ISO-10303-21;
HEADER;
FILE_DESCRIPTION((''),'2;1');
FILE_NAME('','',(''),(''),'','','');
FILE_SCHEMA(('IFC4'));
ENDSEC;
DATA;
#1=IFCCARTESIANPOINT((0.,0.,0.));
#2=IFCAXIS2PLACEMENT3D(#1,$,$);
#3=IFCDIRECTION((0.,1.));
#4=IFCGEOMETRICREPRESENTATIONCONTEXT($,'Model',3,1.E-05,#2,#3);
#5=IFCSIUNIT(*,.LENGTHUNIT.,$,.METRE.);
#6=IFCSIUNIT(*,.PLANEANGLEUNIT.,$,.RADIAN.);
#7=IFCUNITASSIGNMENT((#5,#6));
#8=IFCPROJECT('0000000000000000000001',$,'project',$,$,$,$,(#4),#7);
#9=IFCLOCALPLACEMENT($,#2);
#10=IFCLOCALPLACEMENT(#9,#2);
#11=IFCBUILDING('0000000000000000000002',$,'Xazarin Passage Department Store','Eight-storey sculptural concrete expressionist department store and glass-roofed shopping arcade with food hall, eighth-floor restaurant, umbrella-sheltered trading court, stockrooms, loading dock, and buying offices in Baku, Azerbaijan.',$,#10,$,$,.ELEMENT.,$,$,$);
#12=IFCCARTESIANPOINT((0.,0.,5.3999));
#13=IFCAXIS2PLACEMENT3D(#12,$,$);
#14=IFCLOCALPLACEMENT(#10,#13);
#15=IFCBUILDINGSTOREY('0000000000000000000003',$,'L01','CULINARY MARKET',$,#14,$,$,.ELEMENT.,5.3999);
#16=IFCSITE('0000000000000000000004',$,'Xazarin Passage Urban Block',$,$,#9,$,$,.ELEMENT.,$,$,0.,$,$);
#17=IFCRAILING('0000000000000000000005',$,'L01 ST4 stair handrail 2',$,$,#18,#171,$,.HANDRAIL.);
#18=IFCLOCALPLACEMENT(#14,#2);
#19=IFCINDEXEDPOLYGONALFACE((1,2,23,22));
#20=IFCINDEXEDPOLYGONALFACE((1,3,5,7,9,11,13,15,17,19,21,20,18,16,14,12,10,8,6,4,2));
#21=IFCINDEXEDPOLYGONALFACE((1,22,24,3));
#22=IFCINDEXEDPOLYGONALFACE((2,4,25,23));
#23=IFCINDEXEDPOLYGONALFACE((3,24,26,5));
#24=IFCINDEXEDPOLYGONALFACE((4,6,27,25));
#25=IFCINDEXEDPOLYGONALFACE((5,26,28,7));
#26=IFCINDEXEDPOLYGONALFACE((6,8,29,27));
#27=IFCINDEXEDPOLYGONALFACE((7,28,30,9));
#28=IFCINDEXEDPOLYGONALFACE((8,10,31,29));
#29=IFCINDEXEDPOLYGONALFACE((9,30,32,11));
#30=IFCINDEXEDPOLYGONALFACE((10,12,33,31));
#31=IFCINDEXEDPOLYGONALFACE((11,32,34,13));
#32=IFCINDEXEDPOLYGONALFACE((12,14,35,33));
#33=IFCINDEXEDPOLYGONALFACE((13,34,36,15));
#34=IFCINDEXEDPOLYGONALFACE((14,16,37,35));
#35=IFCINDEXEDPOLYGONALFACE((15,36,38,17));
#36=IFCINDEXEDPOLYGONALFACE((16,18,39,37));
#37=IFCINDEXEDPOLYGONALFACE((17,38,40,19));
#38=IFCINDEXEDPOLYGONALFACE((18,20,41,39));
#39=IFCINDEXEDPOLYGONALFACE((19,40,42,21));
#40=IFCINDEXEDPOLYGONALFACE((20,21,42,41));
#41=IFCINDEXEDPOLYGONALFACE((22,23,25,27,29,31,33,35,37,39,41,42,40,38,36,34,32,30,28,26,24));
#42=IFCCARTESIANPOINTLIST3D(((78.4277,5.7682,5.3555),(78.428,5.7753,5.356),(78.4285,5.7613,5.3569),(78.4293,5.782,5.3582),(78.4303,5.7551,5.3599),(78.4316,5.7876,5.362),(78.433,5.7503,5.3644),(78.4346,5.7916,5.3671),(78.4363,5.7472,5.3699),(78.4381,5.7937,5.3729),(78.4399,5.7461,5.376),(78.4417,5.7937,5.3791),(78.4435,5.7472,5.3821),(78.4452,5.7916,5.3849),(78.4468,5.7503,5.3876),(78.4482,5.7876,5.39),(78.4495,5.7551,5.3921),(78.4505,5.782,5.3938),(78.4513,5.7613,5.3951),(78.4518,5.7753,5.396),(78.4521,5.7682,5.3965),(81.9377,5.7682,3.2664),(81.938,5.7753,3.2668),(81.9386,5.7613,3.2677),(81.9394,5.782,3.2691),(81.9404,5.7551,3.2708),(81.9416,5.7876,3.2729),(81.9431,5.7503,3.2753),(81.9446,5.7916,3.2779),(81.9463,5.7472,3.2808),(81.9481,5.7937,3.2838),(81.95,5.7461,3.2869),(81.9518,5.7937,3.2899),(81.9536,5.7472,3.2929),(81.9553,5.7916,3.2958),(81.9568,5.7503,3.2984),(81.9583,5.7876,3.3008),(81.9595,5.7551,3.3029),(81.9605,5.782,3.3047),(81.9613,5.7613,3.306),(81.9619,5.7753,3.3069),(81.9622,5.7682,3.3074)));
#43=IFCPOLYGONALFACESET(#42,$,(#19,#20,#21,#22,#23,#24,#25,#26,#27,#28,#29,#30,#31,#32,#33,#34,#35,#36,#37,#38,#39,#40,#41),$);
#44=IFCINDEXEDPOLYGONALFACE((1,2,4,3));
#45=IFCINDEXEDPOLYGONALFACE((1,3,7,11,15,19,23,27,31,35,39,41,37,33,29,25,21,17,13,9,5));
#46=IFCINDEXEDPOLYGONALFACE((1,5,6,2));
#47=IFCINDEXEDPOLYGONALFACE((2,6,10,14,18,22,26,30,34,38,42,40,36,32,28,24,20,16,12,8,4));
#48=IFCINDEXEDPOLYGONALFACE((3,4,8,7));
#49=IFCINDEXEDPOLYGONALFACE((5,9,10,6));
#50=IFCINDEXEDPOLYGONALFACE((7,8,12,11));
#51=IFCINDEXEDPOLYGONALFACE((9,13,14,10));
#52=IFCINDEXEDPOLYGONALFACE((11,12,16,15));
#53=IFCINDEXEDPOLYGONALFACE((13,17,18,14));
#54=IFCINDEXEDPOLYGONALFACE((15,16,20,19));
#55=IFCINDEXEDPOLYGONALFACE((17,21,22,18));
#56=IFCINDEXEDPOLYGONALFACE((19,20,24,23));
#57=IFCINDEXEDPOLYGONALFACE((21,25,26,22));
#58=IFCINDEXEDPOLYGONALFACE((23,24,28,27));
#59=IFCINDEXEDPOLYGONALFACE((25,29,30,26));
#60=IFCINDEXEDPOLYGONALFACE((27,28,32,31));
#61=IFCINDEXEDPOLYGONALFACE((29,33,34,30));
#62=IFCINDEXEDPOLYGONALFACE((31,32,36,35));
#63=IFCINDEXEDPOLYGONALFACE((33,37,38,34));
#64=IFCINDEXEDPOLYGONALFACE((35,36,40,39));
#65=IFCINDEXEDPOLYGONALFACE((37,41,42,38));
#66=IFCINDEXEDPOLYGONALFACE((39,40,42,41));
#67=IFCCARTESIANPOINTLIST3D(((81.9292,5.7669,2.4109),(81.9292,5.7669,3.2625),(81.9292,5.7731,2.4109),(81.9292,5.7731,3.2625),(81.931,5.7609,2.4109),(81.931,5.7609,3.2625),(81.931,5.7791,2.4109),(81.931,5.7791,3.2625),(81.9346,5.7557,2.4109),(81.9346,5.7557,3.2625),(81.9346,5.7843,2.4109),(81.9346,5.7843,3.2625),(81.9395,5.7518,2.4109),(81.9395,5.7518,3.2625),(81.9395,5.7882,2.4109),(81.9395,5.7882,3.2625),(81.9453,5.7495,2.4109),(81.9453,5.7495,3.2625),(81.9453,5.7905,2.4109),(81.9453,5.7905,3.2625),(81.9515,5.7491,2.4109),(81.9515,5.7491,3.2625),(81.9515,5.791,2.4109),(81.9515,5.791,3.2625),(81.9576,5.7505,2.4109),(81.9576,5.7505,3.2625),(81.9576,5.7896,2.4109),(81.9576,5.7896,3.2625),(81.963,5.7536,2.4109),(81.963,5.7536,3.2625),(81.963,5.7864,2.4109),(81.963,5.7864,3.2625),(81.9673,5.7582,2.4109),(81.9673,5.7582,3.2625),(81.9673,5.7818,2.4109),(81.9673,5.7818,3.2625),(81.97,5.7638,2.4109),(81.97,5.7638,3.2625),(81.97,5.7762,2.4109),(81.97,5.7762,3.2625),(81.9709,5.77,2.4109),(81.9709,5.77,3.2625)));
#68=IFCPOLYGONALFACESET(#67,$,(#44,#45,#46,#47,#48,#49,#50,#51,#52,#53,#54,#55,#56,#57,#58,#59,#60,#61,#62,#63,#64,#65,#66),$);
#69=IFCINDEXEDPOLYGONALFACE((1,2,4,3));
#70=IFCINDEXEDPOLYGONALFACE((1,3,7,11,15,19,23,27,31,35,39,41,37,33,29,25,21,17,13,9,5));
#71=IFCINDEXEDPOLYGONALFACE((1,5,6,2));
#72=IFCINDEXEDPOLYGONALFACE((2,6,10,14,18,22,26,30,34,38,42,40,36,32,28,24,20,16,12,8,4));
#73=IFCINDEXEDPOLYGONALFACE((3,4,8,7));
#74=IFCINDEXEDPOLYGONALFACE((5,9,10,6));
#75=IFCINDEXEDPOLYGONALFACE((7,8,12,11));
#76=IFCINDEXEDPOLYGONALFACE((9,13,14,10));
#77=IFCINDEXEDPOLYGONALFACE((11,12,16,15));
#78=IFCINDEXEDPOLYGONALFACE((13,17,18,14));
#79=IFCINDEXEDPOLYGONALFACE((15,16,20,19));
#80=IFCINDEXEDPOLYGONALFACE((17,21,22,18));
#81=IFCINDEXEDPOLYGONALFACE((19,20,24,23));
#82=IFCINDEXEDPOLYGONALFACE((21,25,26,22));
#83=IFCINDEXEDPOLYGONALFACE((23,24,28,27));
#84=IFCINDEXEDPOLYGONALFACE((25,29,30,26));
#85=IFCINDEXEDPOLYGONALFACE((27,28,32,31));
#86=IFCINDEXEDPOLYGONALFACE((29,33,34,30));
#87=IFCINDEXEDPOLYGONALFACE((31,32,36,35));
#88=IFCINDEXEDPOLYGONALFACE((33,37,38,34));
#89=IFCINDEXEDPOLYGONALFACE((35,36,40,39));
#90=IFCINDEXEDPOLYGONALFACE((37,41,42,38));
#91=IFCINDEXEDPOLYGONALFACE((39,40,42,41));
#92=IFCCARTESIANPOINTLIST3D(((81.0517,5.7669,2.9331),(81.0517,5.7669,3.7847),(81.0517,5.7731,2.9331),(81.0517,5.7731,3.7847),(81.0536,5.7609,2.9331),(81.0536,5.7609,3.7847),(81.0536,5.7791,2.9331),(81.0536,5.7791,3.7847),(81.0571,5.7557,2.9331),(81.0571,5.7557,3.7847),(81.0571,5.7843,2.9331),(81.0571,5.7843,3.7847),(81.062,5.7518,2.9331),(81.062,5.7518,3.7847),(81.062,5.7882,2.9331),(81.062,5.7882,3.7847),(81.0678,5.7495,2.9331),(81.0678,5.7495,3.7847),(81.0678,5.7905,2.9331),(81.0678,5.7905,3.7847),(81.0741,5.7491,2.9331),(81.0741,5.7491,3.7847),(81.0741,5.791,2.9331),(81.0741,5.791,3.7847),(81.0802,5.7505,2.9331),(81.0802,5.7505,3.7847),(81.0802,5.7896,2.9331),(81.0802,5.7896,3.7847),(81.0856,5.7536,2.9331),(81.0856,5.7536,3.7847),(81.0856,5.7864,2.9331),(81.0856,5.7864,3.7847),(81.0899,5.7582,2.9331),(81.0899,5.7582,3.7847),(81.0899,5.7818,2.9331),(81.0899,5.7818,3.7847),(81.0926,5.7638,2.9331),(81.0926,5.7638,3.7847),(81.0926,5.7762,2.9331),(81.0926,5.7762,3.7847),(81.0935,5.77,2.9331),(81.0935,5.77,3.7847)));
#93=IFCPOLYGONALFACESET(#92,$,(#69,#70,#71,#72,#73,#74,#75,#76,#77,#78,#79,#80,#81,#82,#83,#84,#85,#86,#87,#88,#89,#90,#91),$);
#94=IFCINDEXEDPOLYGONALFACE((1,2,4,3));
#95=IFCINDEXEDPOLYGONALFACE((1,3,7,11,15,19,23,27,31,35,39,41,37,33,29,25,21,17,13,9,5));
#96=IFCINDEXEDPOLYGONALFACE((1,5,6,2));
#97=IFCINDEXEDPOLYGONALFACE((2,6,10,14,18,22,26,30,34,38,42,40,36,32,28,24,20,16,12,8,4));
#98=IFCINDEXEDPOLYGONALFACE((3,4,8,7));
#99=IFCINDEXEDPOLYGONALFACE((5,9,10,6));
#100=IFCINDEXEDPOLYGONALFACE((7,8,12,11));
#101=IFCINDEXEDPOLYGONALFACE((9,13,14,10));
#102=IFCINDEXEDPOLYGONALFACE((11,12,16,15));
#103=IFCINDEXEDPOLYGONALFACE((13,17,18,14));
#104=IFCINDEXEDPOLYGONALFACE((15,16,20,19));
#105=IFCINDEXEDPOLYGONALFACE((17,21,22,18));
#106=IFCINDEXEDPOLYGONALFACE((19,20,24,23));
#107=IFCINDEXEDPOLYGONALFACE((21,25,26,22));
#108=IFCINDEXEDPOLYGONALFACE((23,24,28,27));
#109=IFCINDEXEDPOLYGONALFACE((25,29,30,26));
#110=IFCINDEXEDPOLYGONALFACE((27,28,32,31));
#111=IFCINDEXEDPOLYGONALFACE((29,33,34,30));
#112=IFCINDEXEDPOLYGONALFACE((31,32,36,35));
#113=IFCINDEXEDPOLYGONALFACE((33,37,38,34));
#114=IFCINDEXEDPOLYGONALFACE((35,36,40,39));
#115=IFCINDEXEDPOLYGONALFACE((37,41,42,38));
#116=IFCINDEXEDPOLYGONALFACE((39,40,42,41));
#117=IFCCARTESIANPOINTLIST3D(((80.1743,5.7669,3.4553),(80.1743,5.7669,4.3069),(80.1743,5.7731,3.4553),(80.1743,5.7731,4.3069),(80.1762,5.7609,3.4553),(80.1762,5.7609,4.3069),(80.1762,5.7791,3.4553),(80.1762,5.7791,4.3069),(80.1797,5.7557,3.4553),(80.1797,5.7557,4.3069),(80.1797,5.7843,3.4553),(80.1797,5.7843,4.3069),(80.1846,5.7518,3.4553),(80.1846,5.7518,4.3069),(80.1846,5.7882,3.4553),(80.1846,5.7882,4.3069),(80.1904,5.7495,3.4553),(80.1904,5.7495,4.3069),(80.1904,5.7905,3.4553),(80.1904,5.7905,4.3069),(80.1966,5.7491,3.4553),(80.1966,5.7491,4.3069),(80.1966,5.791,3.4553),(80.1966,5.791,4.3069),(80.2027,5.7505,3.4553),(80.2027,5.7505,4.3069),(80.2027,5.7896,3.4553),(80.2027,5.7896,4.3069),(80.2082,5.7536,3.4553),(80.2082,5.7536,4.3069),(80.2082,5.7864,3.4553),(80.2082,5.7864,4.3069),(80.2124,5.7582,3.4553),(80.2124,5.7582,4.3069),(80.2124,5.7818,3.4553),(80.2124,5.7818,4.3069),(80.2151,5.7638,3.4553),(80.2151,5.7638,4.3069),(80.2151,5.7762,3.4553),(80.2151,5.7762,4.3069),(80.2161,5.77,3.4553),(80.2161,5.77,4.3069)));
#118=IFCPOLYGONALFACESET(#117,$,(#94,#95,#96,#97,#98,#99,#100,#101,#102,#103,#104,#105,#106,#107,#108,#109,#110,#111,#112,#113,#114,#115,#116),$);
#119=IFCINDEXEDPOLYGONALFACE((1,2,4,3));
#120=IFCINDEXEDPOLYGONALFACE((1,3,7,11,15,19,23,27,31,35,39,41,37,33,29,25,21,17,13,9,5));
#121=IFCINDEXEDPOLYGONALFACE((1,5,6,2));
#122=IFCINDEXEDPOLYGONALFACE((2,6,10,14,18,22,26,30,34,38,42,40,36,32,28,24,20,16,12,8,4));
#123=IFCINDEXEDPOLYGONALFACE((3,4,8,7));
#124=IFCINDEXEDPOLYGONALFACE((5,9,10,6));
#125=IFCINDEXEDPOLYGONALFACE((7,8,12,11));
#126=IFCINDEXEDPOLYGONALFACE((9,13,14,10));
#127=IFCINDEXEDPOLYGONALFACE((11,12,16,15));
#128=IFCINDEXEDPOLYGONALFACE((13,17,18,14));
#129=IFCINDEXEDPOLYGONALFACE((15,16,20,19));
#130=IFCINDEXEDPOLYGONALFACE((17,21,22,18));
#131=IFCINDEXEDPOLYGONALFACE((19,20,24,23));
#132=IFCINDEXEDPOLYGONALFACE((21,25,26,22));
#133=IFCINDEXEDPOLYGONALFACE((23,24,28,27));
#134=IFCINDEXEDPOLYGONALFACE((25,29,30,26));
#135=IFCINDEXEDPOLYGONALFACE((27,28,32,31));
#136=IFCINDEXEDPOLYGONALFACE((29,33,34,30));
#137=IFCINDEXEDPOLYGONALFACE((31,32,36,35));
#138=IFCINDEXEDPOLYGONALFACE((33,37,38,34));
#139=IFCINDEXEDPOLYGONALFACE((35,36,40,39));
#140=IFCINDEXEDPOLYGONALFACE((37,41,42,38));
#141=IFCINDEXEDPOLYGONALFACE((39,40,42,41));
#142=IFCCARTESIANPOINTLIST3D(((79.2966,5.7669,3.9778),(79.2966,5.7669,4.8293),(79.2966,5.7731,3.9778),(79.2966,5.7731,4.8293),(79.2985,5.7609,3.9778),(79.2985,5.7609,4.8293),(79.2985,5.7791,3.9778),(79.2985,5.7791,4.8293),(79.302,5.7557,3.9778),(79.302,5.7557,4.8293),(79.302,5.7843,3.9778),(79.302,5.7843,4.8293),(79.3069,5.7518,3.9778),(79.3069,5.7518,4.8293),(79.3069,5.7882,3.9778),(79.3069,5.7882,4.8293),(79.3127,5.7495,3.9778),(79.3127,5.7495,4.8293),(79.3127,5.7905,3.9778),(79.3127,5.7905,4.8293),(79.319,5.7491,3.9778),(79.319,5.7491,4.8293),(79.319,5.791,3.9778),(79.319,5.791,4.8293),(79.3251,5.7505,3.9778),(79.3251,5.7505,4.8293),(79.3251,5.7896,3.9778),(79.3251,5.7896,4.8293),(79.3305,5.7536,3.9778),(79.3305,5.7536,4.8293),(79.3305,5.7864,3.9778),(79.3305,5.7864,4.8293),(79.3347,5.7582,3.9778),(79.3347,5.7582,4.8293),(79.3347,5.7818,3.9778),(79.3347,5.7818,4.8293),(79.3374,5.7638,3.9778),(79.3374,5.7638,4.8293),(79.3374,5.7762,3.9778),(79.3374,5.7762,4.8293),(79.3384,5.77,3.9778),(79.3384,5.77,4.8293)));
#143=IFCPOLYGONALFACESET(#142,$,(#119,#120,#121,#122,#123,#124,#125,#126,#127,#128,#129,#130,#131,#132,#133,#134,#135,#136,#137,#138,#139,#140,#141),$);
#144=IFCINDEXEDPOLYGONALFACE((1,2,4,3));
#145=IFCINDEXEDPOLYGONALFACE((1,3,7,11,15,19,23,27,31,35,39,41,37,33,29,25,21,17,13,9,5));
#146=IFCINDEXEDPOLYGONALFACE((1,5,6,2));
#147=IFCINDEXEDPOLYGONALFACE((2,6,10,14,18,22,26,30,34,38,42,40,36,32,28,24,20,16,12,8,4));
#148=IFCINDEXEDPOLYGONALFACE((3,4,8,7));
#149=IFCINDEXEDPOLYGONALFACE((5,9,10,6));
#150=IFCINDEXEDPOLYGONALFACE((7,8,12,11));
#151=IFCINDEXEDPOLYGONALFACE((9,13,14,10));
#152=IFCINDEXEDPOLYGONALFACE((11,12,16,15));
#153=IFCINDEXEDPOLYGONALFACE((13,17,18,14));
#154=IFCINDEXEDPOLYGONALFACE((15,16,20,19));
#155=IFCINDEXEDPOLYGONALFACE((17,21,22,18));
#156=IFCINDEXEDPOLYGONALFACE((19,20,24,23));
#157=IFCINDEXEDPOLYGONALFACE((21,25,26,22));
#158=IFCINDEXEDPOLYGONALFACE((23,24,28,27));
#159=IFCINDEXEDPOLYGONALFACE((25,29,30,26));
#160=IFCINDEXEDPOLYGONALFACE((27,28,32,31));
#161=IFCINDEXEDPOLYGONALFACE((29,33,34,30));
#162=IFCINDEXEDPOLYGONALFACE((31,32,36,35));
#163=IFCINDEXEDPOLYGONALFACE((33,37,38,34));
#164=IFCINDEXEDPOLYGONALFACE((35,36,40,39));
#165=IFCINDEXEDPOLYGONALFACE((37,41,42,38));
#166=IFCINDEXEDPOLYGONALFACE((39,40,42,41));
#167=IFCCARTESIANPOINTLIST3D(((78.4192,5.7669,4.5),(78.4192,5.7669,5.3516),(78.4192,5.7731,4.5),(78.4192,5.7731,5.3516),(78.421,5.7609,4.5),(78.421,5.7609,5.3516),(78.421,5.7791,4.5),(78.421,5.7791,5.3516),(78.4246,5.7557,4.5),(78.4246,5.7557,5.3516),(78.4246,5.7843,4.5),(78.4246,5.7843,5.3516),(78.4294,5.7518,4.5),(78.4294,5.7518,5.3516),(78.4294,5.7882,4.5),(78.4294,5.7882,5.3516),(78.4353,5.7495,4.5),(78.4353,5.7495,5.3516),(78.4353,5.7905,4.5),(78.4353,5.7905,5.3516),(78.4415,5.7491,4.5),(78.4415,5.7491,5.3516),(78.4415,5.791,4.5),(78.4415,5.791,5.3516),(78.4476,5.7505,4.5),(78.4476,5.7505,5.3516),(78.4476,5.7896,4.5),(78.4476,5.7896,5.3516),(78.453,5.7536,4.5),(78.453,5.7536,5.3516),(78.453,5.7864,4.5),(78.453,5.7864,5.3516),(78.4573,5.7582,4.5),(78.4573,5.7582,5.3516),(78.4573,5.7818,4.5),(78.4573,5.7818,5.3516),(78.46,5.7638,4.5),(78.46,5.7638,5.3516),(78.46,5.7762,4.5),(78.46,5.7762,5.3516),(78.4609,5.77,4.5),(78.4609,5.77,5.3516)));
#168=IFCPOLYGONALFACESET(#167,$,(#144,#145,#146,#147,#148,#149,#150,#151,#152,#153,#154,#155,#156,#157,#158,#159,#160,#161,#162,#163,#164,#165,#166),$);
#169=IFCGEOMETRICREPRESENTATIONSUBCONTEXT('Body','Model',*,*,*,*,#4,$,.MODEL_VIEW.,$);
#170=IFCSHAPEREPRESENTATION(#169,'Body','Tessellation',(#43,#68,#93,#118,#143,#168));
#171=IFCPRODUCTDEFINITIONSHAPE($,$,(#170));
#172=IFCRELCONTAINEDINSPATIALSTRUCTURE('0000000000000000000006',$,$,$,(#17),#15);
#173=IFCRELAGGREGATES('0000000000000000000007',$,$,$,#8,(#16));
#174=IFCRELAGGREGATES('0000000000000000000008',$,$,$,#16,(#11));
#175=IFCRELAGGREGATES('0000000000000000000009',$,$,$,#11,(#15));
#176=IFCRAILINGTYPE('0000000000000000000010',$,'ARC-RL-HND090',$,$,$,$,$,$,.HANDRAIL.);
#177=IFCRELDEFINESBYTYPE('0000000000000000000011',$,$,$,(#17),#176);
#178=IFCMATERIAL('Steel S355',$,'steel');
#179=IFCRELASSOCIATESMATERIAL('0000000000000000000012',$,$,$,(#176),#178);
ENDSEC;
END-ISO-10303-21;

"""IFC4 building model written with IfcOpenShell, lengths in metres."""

from ifc_helpers import new_model, si_unit, direction, frame, origin, origin_2d, place, context, subcontext, project, spatial, circle, extrude, material, type_object, element, save


model = new_model("IFC4")

# Units and contexts
model_context = context("Model", 3, precision=1e-05, world=origin(), true_north=direction((0.0, 1.0)))
body_context = subcontext(model_context, "Body", "Model", "MODEL_VIEW")
ifc_project = project(units=[si_unit("LENGTHUNIT", "METRE"), si_unit("PLANEANGLEUNIT", "RADIAN")], contexts=[model_context])

# Site, building, storey
site_placement = place(None, origin())
site = spatial("IfcSite", under=ifc_project, at=site_placement, Name="Xazarin Passage Urban Block", CompositionType="ELEMENT", RefElevation=0.0)
building_placement = place(site_placement, origin())
building = spatial("IfcBuilding", under=site, at=building_placement, Name="Xazarin Passage Department Store", Description="Eight-storey sculptural concrete expressionist department store and glass-roofed shopping arcade with food hall, eighth-floor restaurant, umbrella-sheltered trading court, stockrooms, loading dock, and buying offices in Baku, Azerbaijan.", CompositionType="ELEMENT")
storey_placement = place(building_placement, frame((0.0, 0.0, 5.3999)))
storey = spatial("IfcBuildingStorey", under=building, at=storey_placement, Name="L01", Description="CULINARY MARKET", CompositionType="ELEMENT", Elevation=5.3999)

# Railing
ifc_material_1 = material(Name="Steel S355", Category="steel")
railing_type_1 = type_object("IfcRailingType", Name="ARC-RL-HND090", PredefinedType="HANDRAIL", material=ifc_material_1)
railing_1_placement = place(storey_placement, frame((81.95, 5.77, 2.4109)))
element("IfcRailing", 1, at=railing_1_placement, inside=storey, type_object=railing_type_1, Name="L01 ST4 stair handrail 2", PredefinedType="HANDRAIL", context=body_context, shape_type="SweptSolid", body=[
    extrude(circle(Radius=0.0239, at=origin_2d()), frame((0.0, 0.0, 0.876), z_axis=(-0.859312, 0.0, 0.511451), x_axis=(0.0, -1.0, 0.0)), (0.0, 0.0, 1.0), 4.0847),
    extrude(circle(Radius=0.021, at=origin_2d()), origin(), (0.0, 0.0, 1.0), 0.8516),
    extrude(circle(Radius=0.021, at=origin_2d()), frame((-0.8774, 0.0, 0.5222)), (0.0, 0.0, 1.0), 0.8516),
    extrude(circle(Radius=0.021, at=origin_2d()), frame((-1.7549, 0.0, 1.0444)), (0.0, 0.0, 1.0), 0.8516),
    extrude(circle(Radius=0.021, at=origin_2d()), frame((-2.6326, 0.0, 1.5669)), (0.0, 0.0, 1.0), 0.8516),
    extrude(circle(Radius=0.021, at=origin_2d()), frame((-3.51, 0.0, 2.0891)), (0.0, 0.0, 1.0), 0.8516),
])

save(model, "model.ifc")
